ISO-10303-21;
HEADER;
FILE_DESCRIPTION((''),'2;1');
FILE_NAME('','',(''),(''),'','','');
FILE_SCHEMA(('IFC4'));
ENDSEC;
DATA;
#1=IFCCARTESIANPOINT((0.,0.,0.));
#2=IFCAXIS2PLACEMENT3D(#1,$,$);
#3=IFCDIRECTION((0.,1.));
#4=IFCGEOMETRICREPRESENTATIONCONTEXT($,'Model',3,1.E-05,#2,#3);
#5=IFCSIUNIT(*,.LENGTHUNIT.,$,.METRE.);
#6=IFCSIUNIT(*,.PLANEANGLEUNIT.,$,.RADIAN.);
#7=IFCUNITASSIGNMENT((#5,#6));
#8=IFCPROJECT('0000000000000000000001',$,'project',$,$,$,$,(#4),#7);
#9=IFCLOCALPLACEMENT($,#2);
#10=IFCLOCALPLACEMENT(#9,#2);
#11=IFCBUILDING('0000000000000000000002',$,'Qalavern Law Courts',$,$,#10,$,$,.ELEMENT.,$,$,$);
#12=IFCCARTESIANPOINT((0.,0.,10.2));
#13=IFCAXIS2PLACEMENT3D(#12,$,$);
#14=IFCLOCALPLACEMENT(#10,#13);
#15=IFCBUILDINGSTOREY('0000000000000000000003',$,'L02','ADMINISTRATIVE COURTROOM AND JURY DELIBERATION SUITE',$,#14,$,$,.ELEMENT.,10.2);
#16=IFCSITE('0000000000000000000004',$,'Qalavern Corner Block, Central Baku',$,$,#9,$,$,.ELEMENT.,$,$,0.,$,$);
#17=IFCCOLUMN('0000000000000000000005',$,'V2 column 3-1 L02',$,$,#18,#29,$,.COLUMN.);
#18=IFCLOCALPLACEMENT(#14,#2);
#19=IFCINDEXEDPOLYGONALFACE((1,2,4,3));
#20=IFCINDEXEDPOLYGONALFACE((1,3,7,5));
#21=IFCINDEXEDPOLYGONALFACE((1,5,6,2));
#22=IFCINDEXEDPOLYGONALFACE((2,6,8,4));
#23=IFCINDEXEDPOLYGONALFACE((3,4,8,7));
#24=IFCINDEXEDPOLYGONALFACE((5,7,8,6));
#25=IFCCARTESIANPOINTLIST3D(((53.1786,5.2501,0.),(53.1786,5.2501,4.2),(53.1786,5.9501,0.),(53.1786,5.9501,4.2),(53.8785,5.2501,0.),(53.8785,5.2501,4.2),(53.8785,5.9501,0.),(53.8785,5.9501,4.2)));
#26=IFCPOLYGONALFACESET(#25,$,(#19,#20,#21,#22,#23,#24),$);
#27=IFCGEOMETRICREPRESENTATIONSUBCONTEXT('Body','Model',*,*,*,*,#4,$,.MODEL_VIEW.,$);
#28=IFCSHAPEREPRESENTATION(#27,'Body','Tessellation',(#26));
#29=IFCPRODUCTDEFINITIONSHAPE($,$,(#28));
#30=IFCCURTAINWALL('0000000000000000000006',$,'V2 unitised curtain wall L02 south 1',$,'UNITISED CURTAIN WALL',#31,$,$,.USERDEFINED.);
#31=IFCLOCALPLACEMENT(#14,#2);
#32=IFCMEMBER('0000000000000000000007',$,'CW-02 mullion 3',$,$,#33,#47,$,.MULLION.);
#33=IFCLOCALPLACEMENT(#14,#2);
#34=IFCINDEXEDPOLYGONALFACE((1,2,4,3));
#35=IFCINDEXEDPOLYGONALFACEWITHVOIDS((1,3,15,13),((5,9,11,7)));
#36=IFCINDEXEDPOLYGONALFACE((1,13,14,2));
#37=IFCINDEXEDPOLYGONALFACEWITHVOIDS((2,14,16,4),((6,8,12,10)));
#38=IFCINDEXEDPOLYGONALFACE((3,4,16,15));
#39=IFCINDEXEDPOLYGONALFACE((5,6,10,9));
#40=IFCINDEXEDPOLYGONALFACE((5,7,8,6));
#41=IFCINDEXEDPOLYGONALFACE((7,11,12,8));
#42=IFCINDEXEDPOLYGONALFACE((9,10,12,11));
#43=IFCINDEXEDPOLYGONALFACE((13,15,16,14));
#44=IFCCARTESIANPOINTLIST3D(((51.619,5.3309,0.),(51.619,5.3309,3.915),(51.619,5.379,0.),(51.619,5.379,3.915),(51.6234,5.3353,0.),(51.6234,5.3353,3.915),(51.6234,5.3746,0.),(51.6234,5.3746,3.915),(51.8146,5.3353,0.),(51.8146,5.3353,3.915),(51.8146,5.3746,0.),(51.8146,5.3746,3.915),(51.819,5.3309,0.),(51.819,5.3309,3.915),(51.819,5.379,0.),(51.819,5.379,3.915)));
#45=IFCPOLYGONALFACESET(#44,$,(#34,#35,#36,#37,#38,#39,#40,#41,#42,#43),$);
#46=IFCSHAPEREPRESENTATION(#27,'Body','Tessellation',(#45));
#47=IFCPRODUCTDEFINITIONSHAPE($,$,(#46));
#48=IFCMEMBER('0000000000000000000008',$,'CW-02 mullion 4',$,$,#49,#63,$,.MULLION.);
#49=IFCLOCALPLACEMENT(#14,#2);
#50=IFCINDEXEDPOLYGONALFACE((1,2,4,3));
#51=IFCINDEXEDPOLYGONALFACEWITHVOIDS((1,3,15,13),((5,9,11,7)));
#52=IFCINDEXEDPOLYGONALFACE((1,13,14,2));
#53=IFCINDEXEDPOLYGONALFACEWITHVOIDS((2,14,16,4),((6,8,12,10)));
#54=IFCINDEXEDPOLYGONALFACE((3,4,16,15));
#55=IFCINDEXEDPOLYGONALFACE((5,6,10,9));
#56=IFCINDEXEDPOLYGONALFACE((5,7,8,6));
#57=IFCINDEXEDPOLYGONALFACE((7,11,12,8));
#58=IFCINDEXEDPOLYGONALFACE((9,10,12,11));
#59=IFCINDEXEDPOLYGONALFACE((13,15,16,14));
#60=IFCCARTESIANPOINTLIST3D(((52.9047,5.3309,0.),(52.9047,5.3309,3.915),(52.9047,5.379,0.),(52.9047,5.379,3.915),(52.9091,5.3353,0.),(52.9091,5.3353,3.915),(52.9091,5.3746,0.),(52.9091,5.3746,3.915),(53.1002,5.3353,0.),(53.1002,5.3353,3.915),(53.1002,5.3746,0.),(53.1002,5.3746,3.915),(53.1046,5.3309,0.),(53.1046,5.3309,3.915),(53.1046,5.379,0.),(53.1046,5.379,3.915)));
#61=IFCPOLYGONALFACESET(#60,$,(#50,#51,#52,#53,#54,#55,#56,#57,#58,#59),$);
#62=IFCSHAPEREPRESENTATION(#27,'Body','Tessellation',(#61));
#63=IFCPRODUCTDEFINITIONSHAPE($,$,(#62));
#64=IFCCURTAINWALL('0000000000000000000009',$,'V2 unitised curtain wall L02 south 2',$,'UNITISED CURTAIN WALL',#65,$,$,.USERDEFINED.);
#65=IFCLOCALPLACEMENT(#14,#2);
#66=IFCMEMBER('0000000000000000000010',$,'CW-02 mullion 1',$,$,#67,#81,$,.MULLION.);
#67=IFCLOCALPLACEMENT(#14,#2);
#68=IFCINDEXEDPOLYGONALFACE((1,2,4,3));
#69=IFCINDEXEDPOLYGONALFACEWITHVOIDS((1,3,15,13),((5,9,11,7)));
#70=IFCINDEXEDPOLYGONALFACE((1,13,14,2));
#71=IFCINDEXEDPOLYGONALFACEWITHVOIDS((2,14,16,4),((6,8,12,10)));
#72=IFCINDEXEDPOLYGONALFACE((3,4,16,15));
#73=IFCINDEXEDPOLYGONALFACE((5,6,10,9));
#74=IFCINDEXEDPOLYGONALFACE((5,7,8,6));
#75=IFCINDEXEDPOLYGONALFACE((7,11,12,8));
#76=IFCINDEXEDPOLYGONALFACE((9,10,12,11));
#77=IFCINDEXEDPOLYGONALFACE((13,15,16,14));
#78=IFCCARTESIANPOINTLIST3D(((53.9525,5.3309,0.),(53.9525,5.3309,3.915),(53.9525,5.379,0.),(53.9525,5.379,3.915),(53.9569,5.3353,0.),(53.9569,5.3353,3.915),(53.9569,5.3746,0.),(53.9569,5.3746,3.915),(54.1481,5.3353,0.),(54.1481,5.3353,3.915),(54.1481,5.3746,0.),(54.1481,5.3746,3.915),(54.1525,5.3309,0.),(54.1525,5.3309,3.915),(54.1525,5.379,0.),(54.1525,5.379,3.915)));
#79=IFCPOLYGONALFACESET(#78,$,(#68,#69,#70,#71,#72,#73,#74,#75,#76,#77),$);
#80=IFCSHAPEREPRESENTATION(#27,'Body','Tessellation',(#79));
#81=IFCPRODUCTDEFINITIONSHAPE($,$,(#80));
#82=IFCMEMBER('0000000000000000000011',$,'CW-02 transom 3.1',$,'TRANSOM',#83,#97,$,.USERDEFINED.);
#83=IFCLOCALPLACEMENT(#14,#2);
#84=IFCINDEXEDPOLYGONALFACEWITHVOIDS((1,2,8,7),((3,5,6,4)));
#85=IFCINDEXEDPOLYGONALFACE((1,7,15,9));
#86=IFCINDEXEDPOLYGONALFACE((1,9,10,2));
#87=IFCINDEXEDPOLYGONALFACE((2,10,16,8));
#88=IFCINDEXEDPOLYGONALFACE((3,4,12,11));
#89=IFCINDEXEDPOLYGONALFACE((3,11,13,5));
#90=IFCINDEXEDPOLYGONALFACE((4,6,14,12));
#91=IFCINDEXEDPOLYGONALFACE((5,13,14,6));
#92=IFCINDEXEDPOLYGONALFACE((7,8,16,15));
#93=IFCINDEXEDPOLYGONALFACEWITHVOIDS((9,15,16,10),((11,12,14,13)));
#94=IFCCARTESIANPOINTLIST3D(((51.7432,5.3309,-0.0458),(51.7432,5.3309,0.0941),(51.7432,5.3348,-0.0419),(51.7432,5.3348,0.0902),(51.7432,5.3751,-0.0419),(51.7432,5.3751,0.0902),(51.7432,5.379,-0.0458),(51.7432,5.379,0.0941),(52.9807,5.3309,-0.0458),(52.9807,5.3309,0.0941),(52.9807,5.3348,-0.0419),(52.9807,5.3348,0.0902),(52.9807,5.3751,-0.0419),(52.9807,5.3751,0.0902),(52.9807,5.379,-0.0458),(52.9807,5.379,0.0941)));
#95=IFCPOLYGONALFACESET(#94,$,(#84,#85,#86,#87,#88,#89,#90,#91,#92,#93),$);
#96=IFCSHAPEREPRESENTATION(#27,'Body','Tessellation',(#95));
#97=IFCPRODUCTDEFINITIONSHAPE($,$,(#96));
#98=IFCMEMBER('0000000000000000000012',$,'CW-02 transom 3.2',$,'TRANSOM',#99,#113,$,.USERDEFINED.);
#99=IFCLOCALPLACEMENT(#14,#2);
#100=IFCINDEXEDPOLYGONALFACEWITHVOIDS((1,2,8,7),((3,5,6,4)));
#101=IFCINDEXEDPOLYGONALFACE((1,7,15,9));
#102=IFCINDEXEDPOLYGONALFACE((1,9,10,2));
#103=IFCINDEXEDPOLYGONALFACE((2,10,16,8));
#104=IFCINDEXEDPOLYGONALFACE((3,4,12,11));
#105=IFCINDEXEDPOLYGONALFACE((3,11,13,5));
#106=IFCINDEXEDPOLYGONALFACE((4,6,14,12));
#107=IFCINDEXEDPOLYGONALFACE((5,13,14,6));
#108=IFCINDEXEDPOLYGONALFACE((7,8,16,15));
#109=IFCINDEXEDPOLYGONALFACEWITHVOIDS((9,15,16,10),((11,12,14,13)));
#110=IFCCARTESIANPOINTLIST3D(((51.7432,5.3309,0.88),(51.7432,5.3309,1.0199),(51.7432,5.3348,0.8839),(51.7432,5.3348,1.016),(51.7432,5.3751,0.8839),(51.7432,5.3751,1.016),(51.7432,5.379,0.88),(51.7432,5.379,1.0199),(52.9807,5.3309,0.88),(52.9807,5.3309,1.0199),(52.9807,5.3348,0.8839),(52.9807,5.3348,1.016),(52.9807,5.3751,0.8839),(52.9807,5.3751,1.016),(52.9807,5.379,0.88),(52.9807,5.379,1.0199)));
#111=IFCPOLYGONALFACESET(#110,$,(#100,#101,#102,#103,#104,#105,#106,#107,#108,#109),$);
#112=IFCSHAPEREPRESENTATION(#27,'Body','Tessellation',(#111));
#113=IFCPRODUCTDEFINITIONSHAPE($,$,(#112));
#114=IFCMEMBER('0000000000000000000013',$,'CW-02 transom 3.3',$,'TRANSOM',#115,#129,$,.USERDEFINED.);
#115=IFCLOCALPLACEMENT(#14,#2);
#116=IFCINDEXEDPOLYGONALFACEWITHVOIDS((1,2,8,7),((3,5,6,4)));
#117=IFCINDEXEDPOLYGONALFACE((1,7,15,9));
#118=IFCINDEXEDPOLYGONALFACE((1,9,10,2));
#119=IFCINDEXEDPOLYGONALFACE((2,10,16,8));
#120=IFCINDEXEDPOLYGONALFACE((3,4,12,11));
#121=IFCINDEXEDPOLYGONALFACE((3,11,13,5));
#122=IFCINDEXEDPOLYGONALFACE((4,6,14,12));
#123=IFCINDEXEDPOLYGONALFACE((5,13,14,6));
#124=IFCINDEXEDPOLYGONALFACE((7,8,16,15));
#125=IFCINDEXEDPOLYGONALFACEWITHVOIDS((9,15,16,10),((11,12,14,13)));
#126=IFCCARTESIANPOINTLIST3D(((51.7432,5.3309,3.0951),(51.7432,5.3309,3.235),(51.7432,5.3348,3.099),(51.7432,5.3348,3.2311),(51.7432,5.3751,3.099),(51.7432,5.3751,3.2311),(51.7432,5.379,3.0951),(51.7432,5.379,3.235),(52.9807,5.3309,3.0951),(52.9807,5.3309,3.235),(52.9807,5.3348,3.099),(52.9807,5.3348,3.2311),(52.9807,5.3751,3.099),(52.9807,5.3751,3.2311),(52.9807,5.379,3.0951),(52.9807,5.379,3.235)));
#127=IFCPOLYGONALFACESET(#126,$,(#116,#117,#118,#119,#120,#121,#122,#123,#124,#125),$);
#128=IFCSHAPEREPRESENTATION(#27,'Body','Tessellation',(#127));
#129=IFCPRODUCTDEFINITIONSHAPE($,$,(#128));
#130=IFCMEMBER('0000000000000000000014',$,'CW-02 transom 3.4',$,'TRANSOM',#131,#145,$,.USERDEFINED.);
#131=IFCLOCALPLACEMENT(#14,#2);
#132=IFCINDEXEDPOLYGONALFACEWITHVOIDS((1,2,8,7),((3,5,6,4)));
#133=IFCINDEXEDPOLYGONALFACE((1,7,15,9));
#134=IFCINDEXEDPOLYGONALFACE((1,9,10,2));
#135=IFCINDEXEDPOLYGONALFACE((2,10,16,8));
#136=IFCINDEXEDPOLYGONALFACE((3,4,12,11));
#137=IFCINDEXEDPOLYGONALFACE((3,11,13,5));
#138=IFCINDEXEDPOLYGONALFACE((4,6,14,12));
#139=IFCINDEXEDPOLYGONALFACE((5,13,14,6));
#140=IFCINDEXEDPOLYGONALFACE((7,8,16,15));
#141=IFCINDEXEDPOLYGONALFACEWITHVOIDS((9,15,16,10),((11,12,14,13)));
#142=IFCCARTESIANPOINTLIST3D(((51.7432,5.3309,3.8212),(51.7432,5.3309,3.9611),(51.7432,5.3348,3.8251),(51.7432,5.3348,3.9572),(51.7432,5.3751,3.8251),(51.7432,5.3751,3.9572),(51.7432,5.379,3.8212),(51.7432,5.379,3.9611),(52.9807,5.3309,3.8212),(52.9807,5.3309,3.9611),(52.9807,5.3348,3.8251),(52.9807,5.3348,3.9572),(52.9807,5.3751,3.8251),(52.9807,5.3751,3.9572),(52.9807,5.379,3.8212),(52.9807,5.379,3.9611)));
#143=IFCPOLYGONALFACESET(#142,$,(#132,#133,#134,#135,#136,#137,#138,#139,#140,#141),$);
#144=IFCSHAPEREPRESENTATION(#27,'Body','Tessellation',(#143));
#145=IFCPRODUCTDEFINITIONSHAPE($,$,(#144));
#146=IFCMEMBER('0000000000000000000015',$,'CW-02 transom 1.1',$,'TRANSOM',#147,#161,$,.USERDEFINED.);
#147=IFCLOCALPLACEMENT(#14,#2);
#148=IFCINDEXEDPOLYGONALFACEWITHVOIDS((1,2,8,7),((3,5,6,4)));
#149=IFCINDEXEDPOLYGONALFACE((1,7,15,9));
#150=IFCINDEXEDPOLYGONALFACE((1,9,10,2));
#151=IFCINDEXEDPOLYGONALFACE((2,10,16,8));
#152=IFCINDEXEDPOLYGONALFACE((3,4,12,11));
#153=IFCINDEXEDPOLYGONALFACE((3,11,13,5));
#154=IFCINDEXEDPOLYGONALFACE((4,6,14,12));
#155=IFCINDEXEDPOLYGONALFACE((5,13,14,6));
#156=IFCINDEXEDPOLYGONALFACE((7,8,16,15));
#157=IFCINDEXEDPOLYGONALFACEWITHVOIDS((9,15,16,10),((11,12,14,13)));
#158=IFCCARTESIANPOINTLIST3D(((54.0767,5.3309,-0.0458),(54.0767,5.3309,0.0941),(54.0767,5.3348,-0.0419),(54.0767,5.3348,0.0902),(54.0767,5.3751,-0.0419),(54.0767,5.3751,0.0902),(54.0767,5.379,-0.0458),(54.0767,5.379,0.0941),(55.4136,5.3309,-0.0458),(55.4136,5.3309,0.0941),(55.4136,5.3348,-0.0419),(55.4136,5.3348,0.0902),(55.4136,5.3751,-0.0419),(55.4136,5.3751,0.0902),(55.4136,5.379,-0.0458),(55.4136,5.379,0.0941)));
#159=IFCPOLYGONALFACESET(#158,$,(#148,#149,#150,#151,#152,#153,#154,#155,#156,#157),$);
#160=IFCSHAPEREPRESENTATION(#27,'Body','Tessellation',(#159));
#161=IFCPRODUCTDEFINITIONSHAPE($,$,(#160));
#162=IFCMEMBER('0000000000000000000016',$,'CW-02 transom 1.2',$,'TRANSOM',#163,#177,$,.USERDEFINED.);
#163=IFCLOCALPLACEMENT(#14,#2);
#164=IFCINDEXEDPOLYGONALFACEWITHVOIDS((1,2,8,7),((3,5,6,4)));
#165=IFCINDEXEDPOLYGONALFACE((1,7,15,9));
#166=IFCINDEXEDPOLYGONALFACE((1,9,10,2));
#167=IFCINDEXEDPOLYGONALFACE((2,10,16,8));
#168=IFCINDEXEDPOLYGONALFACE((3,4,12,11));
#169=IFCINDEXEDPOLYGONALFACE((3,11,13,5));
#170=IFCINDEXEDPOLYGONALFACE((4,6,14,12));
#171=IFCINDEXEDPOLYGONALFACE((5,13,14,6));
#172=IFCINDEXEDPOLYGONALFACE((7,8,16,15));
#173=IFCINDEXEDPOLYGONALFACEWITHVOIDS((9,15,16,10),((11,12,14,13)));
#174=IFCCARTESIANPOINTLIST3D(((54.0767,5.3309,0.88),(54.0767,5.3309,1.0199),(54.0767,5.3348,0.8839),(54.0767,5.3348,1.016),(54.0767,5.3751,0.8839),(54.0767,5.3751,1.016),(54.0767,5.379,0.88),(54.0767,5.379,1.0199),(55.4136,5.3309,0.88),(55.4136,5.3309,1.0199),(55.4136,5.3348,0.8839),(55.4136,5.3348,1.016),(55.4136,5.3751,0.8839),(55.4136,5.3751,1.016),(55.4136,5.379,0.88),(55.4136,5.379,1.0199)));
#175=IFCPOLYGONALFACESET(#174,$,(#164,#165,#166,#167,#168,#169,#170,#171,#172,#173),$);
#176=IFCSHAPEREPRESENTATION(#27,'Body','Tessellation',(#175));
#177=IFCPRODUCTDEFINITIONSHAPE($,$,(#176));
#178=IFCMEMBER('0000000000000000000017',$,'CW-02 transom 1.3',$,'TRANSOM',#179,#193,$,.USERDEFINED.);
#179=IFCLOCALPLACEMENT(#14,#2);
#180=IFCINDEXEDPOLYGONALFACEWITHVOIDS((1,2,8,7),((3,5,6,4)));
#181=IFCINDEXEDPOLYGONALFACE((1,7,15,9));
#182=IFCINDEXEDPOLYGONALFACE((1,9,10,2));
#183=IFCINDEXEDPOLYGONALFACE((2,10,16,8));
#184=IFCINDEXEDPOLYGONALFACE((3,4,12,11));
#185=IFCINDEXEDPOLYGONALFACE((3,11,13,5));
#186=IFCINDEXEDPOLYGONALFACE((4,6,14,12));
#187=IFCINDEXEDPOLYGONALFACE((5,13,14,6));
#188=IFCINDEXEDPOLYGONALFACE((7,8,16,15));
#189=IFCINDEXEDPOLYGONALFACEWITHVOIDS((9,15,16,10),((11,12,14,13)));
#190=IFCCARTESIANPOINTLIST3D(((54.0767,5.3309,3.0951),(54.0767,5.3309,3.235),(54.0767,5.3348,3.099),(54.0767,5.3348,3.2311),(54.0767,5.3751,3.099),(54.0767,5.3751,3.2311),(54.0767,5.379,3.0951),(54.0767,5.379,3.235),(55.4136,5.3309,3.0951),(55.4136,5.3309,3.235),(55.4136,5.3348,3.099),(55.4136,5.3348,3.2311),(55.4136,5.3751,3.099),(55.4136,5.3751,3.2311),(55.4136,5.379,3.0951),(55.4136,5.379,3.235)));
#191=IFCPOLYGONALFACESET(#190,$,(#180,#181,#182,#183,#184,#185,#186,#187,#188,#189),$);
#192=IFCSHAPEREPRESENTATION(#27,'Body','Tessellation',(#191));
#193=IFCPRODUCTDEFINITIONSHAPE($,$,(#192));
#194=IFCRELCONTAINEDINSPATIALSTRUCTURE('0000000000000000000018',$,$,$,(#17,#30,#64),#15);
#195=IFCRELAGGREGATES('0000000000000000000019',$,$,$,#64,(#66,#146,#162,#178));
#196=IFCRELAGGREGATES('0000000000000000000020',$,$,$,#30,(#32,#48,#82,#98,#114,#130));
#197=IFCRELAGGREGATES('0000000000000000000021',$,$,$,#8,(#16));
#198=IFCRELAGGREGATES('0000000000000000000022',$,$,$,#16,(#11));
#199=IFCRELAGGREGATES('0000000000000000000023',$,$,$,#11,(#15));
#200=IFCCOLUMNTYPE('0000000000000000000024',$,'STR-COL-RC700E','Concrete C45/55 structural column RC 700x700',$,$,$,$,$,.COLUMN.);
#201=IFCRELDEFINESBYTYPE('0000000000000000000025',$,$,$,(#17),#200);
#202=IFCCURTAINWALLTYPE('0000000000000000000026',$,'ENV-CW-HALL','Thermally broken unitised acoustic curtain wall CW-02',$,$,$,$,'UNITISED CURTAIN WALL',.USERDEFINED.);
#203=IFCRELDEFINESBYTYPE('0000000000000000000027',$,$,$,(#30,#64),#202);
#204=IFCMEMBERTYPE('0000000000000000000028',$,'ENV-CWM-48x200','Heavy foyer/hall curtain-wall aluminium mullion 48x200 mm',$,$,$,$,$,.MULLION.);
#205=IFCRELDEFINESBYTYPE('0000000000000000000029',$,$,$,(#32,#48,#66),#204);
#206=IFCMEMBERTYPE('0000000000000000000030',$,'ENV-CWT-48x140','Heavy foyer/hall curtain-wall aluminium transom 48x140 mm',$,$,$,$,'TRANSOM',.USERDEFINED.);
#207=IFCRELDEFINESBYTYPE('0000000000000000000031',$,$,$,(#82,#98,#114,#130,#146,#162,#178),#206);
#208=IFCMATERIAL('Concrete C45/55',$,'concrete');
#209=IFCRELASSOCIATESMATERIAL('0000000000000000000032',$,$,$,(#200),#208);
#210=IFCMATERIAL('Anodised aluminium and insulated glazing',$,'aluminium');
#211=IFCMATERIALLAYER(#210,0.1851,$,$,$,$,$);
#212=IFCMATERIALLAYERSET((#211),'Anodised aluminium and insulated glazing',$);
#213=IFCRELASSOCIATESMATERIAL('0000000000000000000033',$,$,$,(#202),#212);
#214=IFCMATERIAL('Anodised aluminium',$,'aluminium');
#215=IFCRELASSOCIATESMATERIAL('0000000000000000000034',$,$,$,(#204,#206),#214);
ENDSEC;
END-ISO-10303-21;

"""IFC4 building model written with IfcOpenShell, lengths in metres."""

from ifc_helpers import new_model, si_unit, direction, frame, origin, origin_2d, place, context, subcontext, project, spatial, rectangle, hollow_rectangle, extrude, material, layer, layer_set, material_profile, profile_set, type_object, element, aggregate, save


model = new_model("IFC4")

# Units and contexts
model_context = context("Model", 3, precision=1e-05, world=origin(), true_north=direction((0.0, 1.0)))
body_context = subcontext(model_context, "Body", "Model", "MODEL_VIEW")
ifc_project = project(units=[si_unit("LENGTHUNIT", "METRE"), si_unit("PLANEANGLEUNIT", "RADIAN")], contexts=[model_context])

# Site, building, storey
site_placement = place(None, origin())
site = spatial("IfcSite", under=ifc_project, at=site_placement, Name="Qalavern Corner Block, Central Baku", CompositionType="ELEMENT", RefElevation=0.0)
building_placement = place(site_placement, origin())
building = spatial("IfcBuilding", under=site, at=building_placement, Name="Qalavern Law Courts", CompositionType="ELEMENT")
storey_placement = place(building_placement, frame((0.0, 0.0, 10.2)))
storey = spatial("IfcBuildingStorey", under=building, at=storey_placement, Name="L02", Description="ADMINISTRATIVE COURTROOM AND JURY DELIBERATION SUITE", CompositionType="ELEMENT", Elevation=10.2)

# Column
ifc_material_1 = material(Name="Concrete C45/55", Category="concrete")
ifc_material_profile_1 = material_profile(ifc_material_1, rectangle(XDim=0.7, YDim=0.7, at=origin_2d()), Name="RC 700x700")
ifc_profile_set_1 = profile_set([ifc_material_profile_1], Name="Concrete C45/55")
column_type = type_object("IfcColumnType", Name="STR-COL-RC700E", Description="Concrete C45/55 structural column RC 700x700", PredefinedType="COLUMN", material=ifc_profile_set_1)
column_placement = place(storey_placement, frame((53.5286, 5.6001, 0.0), z_axis=(0.0, 0.0, 1.0), x_axis=(1.0, 0.0, 0.0)))
element("IfcColumn", 1, at=column_placement, inside=storey, type_object=column_type, Name="V2 column 3-1 L02", PredefinedType="COLUMN", context=body_context, shape_type="SweptSolid", body=[
    extrude(rectangle(XDim=0.7, YDim=0.7, at=origin_2d()), origin(), (0.0, 0.0, 1.0), 4.2),
])

# Curtain wall, members
ifc_material_2 = material(Name="Anodised aluminium and insulated glazing", Category="aluminium")
ifc_layer_1 = layer(ifc_material_2, 0.1851)
ifc_layer_set_1 = layer_set([ifc_layer_1], Name="Anodised aluminium and insulated glazing")
curtain_wall_type = type_object("IfcCurtainWallType", Name="ENV-CW-HALL", Description="Thermally broken unitised acoustic curtain wall CW-02", ElementType="UNITISED CURTAIN WALL", PredefinedType="USERDEFINED", material=ifc_layer_set_1)
curtain_wall_1_placement = place(storey_placement, origin())
curtain_wall_1 = element("IfcCurtainWall", 2, at=curtain_wall_1_placement, inside=storey, type_object=curtain_wall_type, Name="V2 unitised curtain wall L02 south 1", ObjectType="UNITISED CURTAIN WALL", PredefinedType="USERDEFINED")
ifc_material_3 = material(Name="Anodised aluminium", Category="aluminium")
ifc_material_profile_2 = material_profile(ifc_material_3, hollow_rectangle(XDim=0.0481, YDim=0.2, WallThickness=0.0044, at=origin_2d()), Name="ALU MULLION 48x200")
ifc_profile_set_2 = profile_set([ifc_material_profile_2], Name="Anodised aluminium")
member_type_1 = type_object("IfcMemberType", Name="ENV-CWM-48x200", Description="Heavy foyer/hall curtain-wall aluminium mullion 48x200 mm", PredefinedType="MULLION", material=ifc_profile_set_2)
member_1_placement = place(storey_placement, frame((51.719, 5.355, 0.0), z_axis=(0.0, 0.0, 1.0), x_axis=(0.0, 1.0, 0.0)))
member_1 = element("IfcMember", 3, at=member_1_placement, type_object=member_type_1, Name="CW-02 mullion 3", PredefinedType="MULLION", context=body_context, shape_type="SweptSolid", body=[
    extrude(hollow_rectangle(XDim=0.0481, YDim=0.2, WallThickness=0.0044, at=origin_2d()), origin(), (0.0, 0.0, 1.0), 3.915),
])
member_2_placement = place(storey_placement, frame((53.0046, 5.355, 0.0), z_axis=(0.0, 0.0, 1.0), x_axis=(0.0, 1.0, 0.0)))
member_2 = element("IfcMember", 4, at=member_2_placement, type_object=member_type_1, Name="CW-02 mullion 4", PredefinedType="MULLION", context=body_context, shape_type="SweptSolid", body=[
    extrude(hollow_rectangle(XDim=0.0481, YDim=0.2, WallThickness=0.0044, at=origin_2d()), origin(), (0.0, 0.0, 1.0), 3.915),
])

# Curtain wall, member
curtain_wall_2_placement = place(storey_placement, origin())
curtain_wall_2 = element("IfcCurtainWall", 5, at=curtain_wall_2_placement, inside=storey, type_object=curtain_wall_type, Name="V2 unitised curtain wall L02 south 2", ObjectType="UNITISED CURTAIN WALL", PredefinedType="USERDEFINED")
member_3_placement = place(storey_placement, frame((54.0525, 5.355, 0.0), z_axis=(0.0, 0.0, 1.0), x_axis=(0.0, 1.0, 0.0)))
member_3 = element("IfcMember", 6, at=member_3_placement, type_object=member_type_1, Name="CW-02 mullion 1", PredefinedType="MULLION", context=body_context, shape_type="SweptSolid", body=[
    extrude(hollow_rectangle(XDim=0.0481, YDim=0.2, WallThickness=0.0044, at=origin_2d()), origin(), (0.0, 0.0, 1.0), 3.915),
])

# Members
ifc_material_profile_3 = material_profile(ifc_material_3, hollow_rectangle(XDim=0.0481, YDim=0.1399, WallThickness=0.0039, at=origin_2d()), Name="ALU TRANSOM 48x140")
ifc_profile_set_3 = profile_set([ifc_material_profile_3], Name="Anodised aluminium")
member_type_2 = type_object("IfcMemberType", Name="ENV-CWT-48x140", Description="Heavy foyer/hall curtain-wall aluminium transom 48x140 mm", ElementType="TRANSOM", PredefinedType="USERDEFINED", material=ifc_profile_set_3)
member_4_placement = place(storey_placement, frame((51.7432, 5.355, 0.0242), z_axis=(1.0, 0.0, 0.0), x_axis=(0.0, 1.0, 0.0)))
member_4 = element("IfcMember", 7, at=member_4_placement, type_object=member_type_2, Name="CW-02 transom 3.1", ObjectType="TRANSOM", PredefinedType="USERDEFINED", context=body_context, shape_type="SweptSolid", body=[
    extrude(hollow_rectangle(XDim=0.0481, YDim=0.1399, WallThickness=0.0039, at=origin_2d()), origin(), (0.0, 0.0, 1.0), 1.2375),
])
member_5_placement = place(storey_placement, frame((51.7432, 5.355, 0.95), z_axis=(1.0, 0.0, 0.0), x_axis=(0.0, 1.0, 0.0)))
member_5 = element("IfcMember", 8, at=member_5_placement, type_object=member_type_2, Name="CW-02 transom 3.2", ObjectType="TRANSOM", PredefinedType="USERDEFINED", context=body_context, shape_type="SweptSolid", body=[
    extrude(hollow_rectangle(XDim=0.0481, YDim=0.1399, WallThickness=0.0039, at=origin_2d()), origin(), (0.0, 0.0, 1.0), 1.2375),
])
member_6_placement = place(storey_placement, frame((51.7432, 5.355, 3.165), z_axis=(1.0, 0.0, 0.0), x_axis=(0.0, 1.0, 0.0)))
member_6 = element("IfcMember", 9, at=member_6_placement, type_object=member_type_2, Name="CW-02 transom 3.3", ObjectType="TRANSOM", PredefinedType="USERDEFINED", context=body_context, shape_type="SweptSolid", body=[
    extrude(hollow_rectangle(XDim=0.0481, YDim=0.1399, WallThickness=0.0039, at=origin_2d()), origin(), (0.0, 0.0, 1.0), 1.2375),
])
member_7_placement = place(storey_placement, frame((51.7432, 5.355, 3.8911), z_axis=(1.0, 0.0, 0.0), x_axis=(0.0, 1.0, 0.0)))
member_7 = element("IfcMember", 10, at=member_7_placement, type_object=member_type_2, Name="CW-02 transom 3.4", ObjectType="TRANSOM", PredefinedType="USERDEFINED", context=body_context, shape_type="SweptSolid", body=[
    extrude(hollow_rectangle(XDim=0.0481, YDim=0.1399, WallThickness=0.0039, at=origin_2d()), origin(), (0.0, 0.0, 1.0), 1.2375),
])
member_8_placement = place(storey_placement, frame((54.0767, 5.355, 0.0242), z_axis=(1.0, 0.0, 0.0), x_axis=(0.0, 1.0, 0.0)))
member_8 = element("IfcMember", 11, at=member_8_placement, type_object=member_type_2, Name="CW-02 transom 1.1", ObjectType="TRANSOM", PredefinedType="USERDEFINED", context=body_context, shape_type="SweptSolid", body=[
    extrude(hollow_rectangle(XDim=0.0481, YDim=0.1399, WallThickness=0.0039, at=origin_2d()), origin(), (0.0, 0.0, 1.0), 1.3369),
])
member_9_placement = place(storey_placement, frame((54.0767, 5.355, 0.95), z_axis=(1.0, 0.0, 0.0), x_axis=(0.0, 1.0, 0.0)))
member_9 = element("IfcMember", 12, at=member_9_placement, type_object=member_type_2, Name="CW-02 transom 1.2", ObjectType="TRANSOM", PredefinedType="USERDEFINED", context=body_context, shape_type="SweptSolid", body=[
    extrude(hollow_rectangle(XDim=0.0481, YDim=0.1399, WallThickness=0.0039, at=origin_2d()), origin(), (0.0, 0.0, 1.0), 1.3369),
])
member_10_placement = place(storey_placement, frame((54.0767, 5.355, 3.165), z_axis=(1.0, 0.0, 0.0), x_axis=(0.0, 1.0, 0.0)))
member_10 = element("IfcMember", 13, at=member_10_placement, type_object=member_type_2, Name="CW-02 transom 1.3", ObjectType="TRANSOM", PredefinedType="USERDEFINED", context=body_context, shape_type="SweptSolid", body=[
    extrude(hollow_rectangle(XDim=0.0481, YDim=0.1399, WallThickness=0.0039, at=origin_2d()), origin(), (0.0, 0.0, 1.0), 1.3369),
])
aggregate(curtain_wall_2, [member_3, member_8, member_9, member_10])

aggregate(curtain_wall_1, [member_1, member_2, member_4, member_5, member_6, member_7])

save(model, "model.ifc")
